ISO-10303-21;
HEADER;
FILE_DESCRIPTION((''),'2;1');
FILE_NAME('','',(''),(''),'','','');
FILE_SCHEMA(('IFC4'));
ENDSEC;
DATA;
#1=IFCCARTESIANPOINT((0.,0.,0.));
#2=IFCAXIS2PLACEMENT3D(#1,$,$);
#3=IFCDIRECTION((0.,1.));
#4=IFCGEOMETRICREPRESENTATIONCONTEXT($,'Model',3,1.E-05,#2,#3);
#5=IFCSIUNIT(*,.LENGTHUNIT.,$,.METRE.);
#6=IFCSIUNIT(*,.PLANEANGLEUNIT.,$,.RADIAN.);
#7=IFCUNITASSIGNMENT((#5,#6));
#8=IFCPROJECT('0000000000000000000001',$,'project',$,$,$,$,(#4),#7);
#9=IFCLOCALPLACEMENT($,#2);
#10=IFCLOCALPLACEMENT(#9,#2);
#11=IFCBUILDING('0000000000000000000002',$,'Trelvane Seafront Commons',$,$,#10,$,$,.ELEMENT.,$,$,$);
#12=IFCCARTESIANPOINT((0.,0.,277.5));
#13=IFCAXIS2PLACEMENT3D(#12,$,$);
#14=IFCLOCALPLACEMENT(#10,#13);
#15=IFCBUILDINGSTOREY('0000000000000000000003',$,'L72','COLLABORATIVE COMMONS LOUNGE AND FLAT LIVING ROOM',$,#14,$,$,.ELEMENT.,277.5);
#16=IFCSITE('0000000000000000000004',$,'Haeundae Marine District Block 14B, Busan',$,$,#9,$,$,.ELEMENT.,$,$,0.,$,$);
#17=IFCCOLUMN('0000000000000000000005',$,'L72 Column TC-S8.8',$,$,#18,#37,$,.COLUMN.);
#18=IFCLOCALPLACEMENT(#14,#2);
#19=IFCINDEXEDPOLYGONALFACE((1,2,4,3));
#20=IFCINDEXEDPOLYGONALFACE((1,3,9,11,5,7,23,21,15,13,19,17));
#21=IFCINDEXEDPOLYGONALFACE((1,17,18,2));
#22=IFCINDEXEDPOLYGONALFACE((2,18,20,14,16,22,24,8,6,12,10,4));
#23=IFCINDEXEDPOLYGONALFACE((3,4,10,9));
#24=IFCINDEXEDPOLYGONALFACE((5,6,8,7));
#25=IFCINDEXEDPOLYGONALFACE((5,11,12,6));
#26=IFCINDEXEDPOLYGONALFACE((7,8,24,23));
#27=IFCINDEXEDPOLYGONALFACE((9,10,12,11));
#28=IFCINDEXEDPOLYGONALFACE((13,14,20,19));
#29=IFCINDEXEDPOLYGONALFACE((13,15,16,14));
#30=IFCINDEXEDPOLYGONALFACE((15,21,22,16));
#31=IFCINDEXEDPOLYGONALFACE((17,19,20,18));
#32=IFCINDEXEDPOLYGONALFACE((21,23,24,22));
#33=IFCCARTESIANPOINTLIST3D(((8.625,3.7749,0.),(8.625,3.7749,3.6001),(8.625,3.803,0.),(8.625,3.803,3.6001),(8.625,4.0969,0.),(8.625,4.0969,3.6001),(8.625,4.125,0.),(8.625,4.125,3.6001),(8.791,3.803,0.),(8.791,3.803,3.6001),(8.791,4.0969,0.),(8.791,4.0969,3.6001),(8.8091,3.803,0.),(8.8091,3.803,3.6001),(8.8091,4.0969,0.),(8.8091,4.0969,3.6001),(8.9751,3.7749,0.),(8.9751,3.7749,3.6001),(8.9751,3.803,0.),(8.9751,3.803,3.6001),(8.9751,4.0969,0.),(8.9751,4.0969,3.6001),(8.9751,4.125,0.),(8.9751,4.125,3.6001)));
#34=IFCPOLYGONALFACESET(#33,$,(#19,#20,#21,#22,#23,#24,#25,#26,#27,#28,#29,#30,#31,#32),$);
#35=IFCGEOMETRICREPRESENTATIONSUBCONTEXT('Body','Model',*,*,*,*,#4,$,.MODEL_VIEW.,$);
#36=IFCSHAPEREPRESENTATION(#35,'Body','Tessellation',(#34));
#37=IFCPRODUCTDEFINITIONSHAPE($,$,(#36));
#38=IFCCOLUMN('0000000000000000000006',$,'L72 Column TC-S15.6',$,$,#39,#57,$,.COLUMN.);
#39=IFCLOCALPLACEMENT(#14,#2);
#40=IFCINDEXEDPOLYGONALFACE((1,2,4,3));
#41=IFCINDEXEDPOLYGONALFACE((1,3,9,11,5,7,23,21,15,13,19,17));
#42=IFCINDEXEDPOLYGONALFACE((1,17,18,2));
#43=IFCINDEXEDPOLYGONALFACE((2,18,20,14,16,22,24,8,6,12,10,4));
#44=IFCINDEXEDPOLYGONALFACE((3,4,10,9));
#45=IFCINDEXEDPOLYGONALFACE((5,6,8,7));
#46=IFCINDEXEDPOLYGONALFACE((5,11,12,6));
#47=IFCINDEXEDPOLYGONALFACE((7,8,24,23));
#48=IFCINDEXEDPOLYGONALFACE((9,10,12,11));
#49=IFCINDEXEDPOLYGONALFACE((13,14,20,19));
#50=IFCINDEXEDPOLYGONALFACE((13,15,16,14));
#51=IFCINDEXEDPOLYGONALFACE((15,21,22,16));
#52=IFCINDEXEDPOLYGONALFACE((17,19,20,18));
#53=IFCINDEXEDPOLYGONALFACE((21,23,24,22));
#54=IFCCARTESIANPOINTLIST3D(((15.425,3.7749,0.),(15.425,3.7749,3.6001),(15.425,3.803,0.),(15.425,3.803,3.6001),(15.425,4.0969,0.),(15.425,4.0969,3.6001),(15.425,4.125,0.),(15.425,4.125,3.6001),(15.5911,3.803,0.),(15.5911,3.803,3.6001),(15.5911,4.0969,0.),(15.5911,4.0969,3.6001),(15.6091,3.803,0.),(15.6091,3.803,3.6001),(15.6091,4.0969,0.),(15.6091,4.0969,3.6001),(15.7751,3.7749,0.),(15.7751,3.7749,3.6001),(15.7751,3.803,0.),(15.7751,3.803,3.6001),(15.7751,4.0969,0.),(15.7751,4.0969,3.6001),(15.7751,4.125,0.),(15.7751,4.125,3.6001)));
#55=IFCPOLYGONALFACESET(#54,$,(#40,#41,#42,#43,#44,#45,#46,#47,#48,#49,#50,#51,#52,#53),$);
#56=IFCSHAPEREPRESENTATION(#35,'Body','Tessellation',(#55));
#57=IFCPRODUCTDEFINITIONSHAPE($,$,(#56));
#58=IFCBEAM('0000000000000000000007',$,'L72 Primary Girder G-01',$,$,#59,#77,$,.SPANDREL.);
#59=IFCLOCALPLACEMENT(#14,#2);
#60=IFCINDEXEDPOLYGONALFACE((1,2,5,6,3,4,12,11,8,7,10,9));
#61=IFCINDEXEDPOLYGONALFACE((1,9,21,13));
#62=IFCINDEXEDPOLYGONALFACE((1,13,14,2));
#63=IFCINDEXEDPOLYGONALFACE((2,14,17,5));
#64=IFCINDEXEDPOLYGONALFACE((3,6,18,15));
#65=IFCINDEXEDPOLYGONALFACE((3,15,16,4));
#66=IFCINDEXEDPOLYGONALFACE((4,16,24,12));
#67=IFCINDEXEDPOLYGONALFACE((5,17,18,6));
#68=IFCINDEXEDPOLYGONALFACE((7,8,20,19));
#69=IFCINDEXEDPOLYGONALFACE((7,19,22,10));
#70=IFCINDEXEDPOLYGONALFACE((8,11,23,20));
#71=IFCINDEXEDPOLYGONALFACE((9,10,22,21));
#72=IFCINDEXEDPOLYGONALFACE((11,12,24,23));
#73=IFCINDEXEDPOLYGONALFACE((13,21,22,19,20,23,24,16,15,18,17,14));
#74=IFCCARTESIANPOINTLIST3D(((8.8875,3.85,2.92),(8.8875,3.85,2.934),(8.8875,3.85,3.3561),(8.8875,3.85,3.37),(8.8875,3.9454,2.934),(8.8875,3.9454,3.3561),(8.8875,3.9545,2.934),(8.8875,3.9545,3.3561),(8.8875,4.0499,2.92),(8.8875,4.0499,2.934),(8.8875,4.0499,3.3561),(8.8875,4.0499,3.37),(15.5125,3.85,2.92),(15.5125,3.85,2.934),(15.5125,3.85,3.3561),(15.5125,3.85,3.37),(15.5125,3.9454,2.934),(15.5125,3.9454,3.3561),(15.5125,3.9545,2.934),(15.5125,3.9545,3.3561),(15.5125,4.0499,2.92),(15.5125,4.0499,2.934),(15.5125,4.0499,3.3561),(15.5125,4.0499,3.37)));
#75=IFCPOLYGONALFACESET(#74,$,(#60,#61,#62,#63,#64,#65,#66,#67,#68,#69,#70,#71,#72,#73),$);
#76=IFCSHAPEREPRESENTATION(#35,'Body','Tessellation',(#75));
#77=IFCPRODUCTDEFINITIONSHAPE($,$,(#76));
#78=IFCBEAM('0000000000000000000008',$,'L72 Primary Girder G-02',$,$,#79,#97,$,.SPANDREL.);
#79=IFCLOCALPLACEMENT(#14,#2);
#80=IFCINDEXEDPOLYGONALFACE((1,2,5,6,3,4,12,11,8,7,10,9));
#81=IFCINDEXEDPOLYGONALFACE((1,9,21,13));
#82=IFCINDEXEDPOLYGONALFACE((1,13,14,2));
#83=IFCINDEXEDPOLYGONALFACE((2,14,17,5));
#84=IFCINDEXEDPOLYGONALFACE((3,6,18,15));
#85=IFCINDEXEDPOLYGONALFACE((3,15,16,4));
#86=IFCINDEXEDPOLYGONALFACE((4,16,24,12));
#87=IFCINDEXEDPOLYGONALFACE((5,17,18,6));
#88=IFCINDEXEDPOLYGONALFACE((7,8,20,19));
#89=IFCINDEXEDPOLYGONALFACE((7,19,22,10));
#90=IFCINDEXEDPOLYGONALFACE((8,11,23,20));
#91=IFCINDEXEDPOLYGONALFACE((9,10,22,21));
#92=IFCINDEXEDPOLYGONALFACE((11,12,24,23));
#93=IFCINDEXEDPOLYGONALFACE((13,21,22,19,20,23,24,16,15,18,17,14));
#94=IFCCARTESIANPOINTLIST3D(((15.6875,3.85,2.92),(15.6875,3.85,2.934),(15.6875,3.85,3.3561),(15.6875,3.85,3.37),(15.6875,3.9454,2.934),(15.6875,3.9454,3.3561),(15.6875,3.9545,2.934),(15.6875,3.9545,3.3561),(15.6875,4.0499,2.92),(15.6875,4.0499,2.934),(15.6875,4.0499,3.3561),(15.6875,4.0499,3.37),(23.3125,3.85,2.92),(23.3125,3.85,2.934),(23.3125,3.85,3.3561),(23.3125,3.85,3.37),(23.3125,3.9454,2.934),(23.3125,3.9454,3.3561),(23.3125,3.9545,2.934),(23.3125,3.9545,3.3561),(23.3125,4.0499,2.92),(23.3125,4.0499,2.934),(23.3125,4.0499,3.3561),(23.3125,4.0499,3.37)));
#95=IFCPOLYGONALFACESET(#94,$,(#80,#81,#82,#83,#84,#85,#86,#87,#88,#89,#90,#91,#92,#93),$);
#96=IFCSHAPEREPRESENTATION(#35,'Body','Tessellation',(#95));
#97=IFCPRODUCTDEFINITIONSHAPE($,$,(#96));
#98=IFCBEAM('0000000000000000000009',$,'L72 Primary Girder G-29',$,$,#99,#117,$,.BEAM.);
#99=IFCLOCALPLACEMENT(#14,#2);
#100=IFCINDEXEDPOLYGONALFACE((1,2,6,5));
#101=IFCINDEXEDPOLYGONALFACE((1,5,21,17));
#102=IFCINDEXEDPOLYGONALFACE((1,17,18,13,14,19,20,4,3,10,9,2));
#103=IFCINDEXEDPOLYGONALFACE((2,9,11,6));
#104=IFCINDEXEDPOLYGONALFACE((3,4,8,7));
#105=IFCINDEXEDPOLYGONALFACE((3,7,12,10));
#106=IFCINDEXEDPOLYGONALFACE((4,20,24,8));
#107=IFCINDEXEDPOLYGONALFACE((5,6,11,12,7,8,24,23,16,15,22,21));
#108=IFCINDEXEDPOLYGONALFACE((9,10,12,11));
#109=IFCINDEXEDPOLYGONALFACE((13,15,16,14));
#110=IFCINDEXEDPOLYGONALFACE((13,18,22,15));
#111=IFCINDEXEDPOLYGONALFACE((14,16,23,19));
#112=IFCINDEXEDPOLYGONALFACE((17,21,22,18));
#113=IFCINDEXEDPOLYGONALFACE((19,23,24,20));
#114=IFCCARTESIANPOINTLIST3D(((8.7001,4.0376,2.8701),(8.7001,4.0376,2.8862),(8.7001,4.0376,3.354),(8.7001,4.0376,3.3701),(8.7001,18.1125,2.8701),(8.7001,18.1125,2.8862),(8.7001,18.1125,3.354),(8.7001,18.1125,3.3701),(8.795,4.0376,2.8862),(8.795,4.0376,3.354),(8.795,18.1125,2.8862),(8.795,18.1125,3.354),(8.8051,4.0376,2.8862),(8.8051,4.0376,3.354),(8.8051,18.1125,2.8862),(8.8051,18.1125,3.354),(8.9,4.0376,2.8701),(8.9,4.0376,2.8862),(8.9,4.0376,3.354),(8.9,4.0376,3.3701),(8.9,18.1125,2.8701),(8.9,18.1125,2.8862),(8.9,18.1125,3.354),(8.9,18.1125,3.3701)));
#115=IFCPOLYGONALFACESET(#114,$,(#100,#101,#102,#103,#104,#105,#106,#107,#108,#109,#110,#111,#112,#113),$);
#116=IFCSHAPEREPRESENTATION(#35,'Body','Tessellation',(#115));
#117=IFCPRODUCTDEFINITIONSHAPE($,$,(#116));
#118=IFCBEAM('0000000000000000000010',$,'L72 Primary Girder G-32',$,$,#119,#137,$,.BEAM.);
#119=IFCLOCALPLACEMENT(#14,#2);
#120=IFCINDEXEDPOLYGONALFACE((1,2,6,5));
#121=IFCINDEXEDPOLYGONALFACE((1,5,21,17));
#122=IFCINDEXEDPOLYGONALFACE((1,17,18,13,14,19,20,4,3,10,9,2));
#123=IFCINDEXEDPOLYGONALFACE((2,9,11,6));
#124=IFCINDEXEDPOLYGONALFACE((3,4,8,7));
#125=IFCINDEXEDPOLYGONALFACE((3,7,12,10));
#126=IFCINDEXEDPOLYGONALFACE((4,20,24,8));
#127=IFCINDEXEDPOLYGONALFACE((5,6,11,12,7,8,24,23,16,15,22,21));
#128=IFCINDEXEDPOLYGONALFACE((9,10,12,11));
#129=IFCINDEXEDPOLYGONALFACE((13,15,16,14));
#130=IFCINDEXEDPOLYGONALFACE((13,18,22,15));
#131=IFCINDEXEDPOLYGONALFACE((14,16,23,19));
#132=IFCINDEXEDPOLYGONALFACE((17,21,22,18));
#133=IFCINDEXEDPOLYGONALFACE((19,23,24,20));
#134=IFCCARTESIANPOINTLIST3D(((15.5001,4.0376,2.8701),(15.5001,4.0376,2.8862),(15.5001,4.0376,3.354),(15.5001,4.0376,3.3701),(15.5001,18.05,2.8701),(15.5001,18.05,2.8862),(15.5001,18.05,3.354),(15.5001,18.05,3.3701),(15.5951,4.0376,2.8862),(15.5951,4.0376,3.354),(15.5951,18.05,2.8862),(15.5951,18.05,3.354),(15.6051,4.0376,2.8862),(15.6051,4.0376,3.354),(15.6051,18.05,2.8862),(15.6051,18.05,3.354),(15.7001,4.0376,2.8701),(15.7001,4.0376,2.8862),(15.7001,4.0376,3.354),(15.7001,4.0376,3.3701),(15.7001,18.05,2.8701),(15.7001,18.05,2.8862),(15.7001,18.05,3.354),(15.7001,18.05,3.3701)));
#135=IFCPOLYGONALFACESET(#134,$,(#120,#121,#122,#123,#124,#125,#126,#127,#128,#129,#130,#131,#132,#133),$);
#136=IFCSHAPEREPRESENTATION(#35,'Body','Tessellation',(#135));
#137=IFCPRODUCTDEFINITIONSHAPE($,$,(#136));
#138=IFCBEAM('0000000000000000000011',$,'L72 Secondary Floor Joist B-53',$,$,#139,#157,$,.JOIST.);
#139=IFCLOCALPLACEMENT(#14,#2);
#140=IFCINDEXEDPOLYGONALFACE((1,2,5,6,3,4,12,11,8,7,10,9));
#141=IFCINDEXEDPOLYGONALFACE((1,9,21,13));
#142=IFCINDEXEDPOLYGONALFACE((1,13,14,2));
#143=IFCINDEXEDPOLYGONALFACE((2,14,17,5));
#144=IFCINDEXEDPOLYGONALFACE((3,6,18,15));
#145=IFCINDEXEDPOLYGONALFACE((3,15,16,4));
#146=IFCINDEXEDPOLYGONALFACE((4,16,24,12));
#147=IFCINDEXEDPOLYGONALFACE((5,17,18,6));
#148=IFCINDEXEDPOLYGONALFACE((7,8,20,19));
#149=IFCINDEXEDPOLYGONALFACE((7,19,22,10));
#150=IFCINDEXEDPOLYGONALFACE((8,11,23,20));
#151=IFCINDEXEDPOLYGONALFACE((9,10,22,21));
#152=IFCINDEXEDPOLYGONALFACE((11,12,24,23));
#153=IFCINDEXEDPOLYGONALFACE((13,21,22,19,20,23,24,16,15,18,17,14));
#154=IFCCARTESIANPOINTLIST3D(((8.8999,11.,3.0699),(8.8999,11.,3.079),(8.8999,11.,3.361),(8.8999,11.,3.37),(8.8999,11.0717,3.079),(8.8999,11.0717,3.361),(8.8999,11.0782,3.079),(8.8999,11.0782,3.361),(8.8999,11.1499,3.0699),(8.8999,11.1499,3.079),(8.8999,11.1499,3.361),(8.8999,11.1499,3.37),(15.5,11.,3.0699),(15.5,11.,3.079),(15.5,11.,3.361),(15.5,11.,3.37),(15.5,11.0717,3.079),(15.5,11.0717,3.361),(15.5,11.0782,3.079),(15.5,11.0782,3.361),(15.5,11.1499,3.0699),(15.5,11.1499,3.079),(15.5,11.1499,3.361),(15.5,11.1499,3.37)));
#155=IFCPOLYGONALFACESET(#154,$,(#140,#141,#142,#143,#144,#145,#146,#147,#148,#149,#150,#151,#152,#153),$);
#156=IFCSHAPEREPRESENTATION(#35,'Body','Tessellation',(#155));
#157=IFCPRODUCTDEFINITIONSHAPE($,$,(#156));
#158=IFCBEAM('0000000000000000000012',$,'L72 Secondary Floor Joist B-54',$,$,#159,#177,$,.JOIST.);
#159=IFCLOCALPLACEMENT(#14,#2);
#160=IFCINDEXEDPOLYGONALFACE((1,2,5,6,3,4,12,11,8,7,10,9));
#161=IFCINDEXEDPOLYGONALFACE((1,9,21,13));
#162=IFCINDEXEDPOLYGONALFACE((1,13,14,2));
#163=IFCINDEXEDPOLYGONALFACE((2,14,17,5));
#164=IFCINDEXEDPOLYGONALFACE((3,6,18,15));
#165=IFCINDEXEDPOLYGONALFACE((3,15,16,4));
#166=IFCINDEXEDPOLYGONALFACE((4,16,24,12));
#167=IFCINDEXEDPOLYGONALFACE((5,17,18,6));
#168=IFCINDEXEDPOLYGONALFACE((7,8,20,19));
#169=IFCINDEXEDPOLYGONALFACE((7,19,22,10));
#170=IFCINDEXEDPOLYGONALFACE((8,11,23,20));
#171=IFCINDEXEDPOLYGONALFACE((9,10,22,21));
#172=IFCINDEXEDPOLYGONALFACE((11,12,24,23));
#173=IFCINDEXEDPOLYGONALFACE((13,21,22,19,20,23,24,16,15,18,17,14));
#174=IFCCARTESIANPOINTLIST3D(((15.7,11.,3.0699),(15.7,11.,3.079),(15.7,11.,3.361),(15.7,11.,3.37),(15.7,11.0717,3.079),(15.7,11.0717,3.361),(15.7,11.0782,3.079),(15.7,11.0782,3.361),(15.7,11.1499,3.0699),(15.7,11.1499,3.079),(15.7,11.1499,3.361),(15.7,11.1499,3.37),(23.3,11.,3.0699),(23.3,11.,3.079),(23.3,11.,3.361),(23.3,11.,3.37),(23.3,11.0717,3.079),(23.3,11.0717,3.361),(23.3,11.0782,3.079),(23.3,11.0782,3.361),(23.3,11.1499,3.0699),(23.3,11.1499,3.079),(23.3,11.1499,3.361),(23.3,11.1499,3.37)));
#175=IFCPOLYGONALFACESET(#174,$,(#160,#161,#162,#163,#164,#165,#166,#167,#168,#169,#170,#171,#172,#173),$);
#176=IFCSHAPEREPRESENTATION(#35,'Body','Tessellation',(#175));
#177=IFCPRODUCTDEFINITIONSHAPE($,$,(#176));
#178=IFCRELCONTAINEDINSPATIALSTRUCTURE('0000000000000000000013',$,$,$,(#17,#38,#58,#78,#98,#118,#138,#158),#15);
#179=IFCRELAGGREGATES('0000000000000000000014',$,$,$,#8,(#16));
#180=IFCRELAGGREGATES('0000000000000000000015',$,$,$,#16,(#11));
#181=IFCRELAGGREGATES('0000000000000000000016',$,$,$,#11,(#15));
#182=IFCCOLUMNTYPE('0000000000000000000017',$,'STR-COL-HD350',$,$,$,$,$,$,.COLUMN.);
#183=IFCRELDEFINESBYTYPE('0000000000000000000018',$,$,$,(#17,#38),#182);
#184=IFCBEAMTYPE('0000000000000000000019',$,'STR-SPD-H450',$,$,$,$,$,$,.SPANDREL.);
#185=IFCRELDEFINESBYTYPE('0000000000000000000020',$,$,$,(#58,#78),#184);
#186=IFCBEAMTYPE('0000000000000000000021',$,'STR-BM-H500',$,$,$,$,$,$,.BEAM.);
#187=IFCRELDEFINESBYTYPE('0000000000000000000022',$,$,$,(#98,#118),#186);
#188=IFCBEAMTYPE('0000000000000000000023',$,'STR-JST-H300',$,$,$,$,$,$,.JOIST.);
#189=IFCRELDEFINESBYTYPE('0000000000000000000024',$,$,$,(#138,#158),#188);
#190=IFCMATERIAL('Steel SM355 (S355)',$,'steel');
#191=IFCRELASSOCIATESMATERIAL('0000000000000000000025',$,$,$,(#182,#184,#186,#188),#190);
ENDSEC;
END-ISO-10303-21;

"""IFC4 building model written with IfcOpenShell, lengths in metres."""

from ifc_helpers import new_model, si_unit, direction, frame, origin, origin_2d, place, context, subcontext, project, spatial, i_section, extrude, source, transform, mapped, material, material_profile, profile_set, type_object, element, save


model = new_model("IFC4")

# Units and contexts
model_context = context("Model", 3, precision=1e-05, world=origin(), true_north=direction((0.0, 1.0)))
body_context = subcontext(model_context, "Body", "Model", "MODEL_VIEW")
ifc_project = project(units=[si_unit("LENGTHUNIT", "METRE"), si_unit("PLANEANGLEUNIT", "RADIAN")], contexts=[model_context])

# Site, building, storey
site_placement = place(None, origin())
site = spatial("IfcSite", under=ifc_project, at=site_placement, Name="Haeundae Marine District Block 14B, Busan", CompositionType="ELEMENT", RefElevation=0.0)
building_placement = place(site_placement, origin())
building = spatial("IfcBuilding", under=site, at=building_placement, Name="Trelvane Seafront Commons", CompositionType="ELEMENT")
storey_placement = place(building_placement, frame((0.0, 0.0, 277.5)))
storey = spatial("IfcBuildingStorey", under=building, at=storey_placement, Name="L72", Description="COLLABORATIVE COMMONS LOUNGE AND FLAT LIVING ROOM", CompositionType="ELEMENT", Elevation=277.5)

# Columns
ifc_material_1 = material(Name="Steel SM355 (S355)", Category="steel")
ifc_material_profile_1 = material_profile(ifc_material_1, i_section(OverallWidth=0.3501, OverallDepth=0.3501, WebThickness=0.0181, FlangeThickness=0.0281, at=origin_2d()), Name="HD-350x350x18x28")
ifc_profile_set_1 = profile_set([ifc_material_profile_1], Name="Steel SM355 (S355)")
column_type = type_object("IfcColumnType", Name="STR-COL-HD350", PredefinedType="COLUMN", material=ifc_profile_set_1)
shared_shape_1 = source(origin(), body_context, "Body", "SweptSolid", [
    extrude(i_section(OverallWidth=0.3501, OverallDepth=0.3501, WebThickness=0.0181, FlangeThickness=0.0281, at=origin_2d()), origin(), (0.0, 0.0, 1.0), 3.6001),
])
for number, where, z_axis, x_axis, name in (
    (1, (8.8, 3.95, 0.0), (0.0, 0.0, 1.0), (1.0, 0.0, 0.0), "L72 Column TC-S8.8"),
    (2, (15.6001, 3.95, 0.0), (0.0, 0.0, 1.0), (1.0, 0.0, 0.0), "L72 Column TC-S15.6"),
):
    element("IfcColumn", number, at=place(storey_placement, frame(where, z_axis=z_axis, x_axis=x_axis)), inside=storey, type_object=column_type, Name=name, PredefinedType="COLUMN", context=body_context, shape_type="MappedRepresentation", body=[
        mapped(shared_shape_1, transform((0.0, 0.0, 0.0), x_axis=(1.0, 0.0, 0.0), y_axis=(0.0, 1.0, 0.0), z_axis=(0.0, 0.0, 1.0), scale=1.0)),
    ])

# Beams
ifc_material_profile_2 = material_profile(ifc_material_1, i_section(OverallWidth=0.2, OverallDepth=0.45, WebThickness=0.009, FlangeThickness=0.0139, at=origin_2d()), Name="H-450x200x9x14")
ifc_profile_set_2 = profile_set([ifc_material_profile_2], Name="Steel SM355 (S355)")
beam_type_1 = type_object("IfcBeamType", Name="STR-SPD-H450", PredefinedType="SPANDREL", material=ifc_profile_set_2)
shared_shape_2 = source(origin(), body_context, "Body", "SweptSolid", [
    extrude(i_section(OverallWidth=0.2, OverallDepth=0.45, WebThickness=0.009, FlangeThickness=0.0139, at=origin_2d()), origin(), (0.0, 0.0, 1.0), 6.625),
])
beam_1_placement = place(storey_placement, frame((8.8875, 3.95, 3.145), z_axis=(1.0, 0.0, 0.0), x_axis=(0.0, 1.0, 0.0)))
element("IfcBeam", 3, at=beam_1_placement, inside=storey, type_object=beam_type_1, Name="L72 Primary Girder G-01", PredefinedType="SPANDREL", context=body_context, shape_type="MappedRepresentation", body=[
    mapped(shared_shape_2, transform((0.0, 0.0, 0.0), x_axis=(1.0, 0.0, 0.0), y_axis=(0.0, 1.0, 0.0), z_axis=(0.0, 0.0, 1.0), scale=1.0)),
])
shared_shape_3 = source(origin(), body_context, "Body", "SweptSolid", [
    extrude(i_section(OverallWidth=0.2, OverallDepth=0.45, WebThickness=0.009, FlangeThickness=0.0139, at=origin_2d()), origin(), (0.0, 0.0, 1.0), 7.625),
])
beam_2_placement = place(storey_placement, frame((15.6875, 3.95, 3.145), z_axis=(1.0, 0.0, 0.0), x_axis=(0.0, 1.0, 0.0)))
element("IfcBeam", 4, at=beam_2_placement, inside=storey, type_object=beam_type_1, Name="L72 Primary Girder G-02", PredefinedType="SPANDREL", context=body_context, shape_type="MappedRepresentation", body=[
    mapped(shared_shape_3, transform((0.0, 0.0, 0.0), x_axis=(1.0, 0.0, 0.0), y_axis=(0.0, 1.0, 0.0), z_axis=(0.0, 0.0, 1.0), scale=1.0)),
])
ifc_material_profile_3 = material_profile(ifc_material_1, i_section(OverallWidth=0.2, OverallDepth=0.5, WebThickness=0.01, FlangeThickness=0.0161, at=origin_2d()), Name="H-500x200x10x16")
ifc_profile_set_3 = profile_set([ifc_material_profile_3], Name="Steel SM355 (S355)")
beam_type_2 = type_object("IfcBeamType", Name="STR-BM-H500", PredefinedType="BEAM", material=ifc_profile_set_3)
shared_shape_4 = source(origin(), body_context, "Body", "SweptSolid", [
    extrude(i_section(OverallWidth=0.2, OverallDepth=0.5, WebThickness=0.01, FlangeThickness=0.0161, at=origin_2d()), origin(), (0.0, 0.0, 1.0), 14.075),
])
beam_3_placement = place(storey_placement, frame((8.8, 4.0376, 3.1201), z_axis=(0.0, 1.0, 0.0), x_axis=(-1.0, 0.0, 0.0)))
element("IfcBeam", 5, at=beam_3_placement, inside=storey, type_object=beam_type_2, Name="L72 Primary Girder G-29", PredefinedType="BEAM", context=body_context, shape_type="MappedRepresentation", body=[
    mapped(shared_shape_4, transform((0.0, 0.0, 0.0), x_axis=(1.0, 0.0, 0.0), y_axis=(0.0, 1.0, 0.0), z_axis=(0.0, 0.0, 1.0), scale=1.0)),
])
shared_shape_5 = source(origin(), body_context, "Body", "SweptSolid", [
    extrude(i_section(OverallWidth=0.2, OverallDepth=0.5, WebThickness=0.01, FlangeThickness=0.0161, at=origin_2d()), origin(), (0.0, 0.0, 1.0), 14.0125),
])
beam_4_placement = place(storey_placement, frame((15.6001, 4.0376, 3.1201), z_axis=(0.0, 1.0, 0.0), x_axis=(-1.0, 0.0, 0.0)))
element("IfcBeam", 6, at=beam_4_placement, inside=storey, type_object=beam_type_2, Name="L72 Primary Girder G-32", PredefinedType="BEAM", context=body_context, shape_type="MappedRepresentation", body=[
    mapped(shared_shape_5, transform((0.0, 0.0, 0.0), x_axis=(1.0, 0.0, 0.0), y_axis=(0.0, 1.0, 0.0), z_axis=(0.0, 0.0, 1.0), scale=1.0)),
])
ifc_material_profile_4 = material_profile(ifc_material_1, i_section(OverallWidth=0.1499, OverallDepth=0.3, WebThickness=0.0066, FlangeThickness=0.009, at=origin_2d()), Name="H-300x150x6.5x9")
ifc_profile_set_4 = profile_set([ifc_material_profile_4], Name="Steel SM355 (S355)")
beam_type_3 = type_object("IfcBeamType", Name="STR-JST-H300", PredefinedType="JOIST", material=ifc_profile_set_4)
shared_shape_6 = source(origin(), body_context, "Body", "SweptSolid", [
    extrude(i_section(OverallWidth=0.1499, OverallDepth=0.3, WebThickness=0.0066, FlangeThickness=0.009, at=origin_2d()), origin(), (0.0, 0.0, 1.0), 6.6001),
])
beam_5_placement = place(storey_placement, frame((8.8999, 11.075, 3.22), z_axis=(1.0, 0.0, 0.0), x_axis=(0.0, 1.0, 0.0)))
element("IfcBeam", 7, at=beam_5_placement, inside=storey, type_object=beam_type_3, Name="L72 Secondary Floor Joist B-53", PredefinedType="JOIST", context=body_context, shape_type="MappedRepresentation", body=[
    mapped(shared_shape_6, transform((0.0, 0.0, 0.0), x_axis=(1.0, 0.0, 0.0), y_axis=(0.0, 1.0, 0.0), z_axis=(0.0, 0.0, 1.0), scale=1.0)),
])
shared_shape_7 = source(origin(), body_context, "Body", "SweptSolid", [
    extrude(i_section(OverallWidth=0.1499, OverallDepth=0.3, WebThickness=0.0066, FlangeThickness=0.009, at=origin_2d()), origin(), (0.0, 0.0, 1.0), 7.6001),
])
beam_6_placement = place(storey_placement, frame((15.7, 11.075, 3.22), z_axis=(1.0, 0.0, 0.0), x_axis=(0.0, 1.0, 0.0)))
element("IfcBeam", 8, at=beam_6_placement, inside=storey, type_object=beam_type_3, Name="L72 Secondary Floor Joist B-54", PredefinedType="JOIST", context=body_context, shape_type="MappedRepresentation", body=[
    mapped(shared_shape_7, transform((0.0, 0.0, 0.0), x_axis=(1.0, 0.0, 0.0), y_axis=(0.0, 1.0, 0.0), z_axis=(0.0, 0.0, 1.0), scale=1.0)),
])

save(model, "model.ifc")
